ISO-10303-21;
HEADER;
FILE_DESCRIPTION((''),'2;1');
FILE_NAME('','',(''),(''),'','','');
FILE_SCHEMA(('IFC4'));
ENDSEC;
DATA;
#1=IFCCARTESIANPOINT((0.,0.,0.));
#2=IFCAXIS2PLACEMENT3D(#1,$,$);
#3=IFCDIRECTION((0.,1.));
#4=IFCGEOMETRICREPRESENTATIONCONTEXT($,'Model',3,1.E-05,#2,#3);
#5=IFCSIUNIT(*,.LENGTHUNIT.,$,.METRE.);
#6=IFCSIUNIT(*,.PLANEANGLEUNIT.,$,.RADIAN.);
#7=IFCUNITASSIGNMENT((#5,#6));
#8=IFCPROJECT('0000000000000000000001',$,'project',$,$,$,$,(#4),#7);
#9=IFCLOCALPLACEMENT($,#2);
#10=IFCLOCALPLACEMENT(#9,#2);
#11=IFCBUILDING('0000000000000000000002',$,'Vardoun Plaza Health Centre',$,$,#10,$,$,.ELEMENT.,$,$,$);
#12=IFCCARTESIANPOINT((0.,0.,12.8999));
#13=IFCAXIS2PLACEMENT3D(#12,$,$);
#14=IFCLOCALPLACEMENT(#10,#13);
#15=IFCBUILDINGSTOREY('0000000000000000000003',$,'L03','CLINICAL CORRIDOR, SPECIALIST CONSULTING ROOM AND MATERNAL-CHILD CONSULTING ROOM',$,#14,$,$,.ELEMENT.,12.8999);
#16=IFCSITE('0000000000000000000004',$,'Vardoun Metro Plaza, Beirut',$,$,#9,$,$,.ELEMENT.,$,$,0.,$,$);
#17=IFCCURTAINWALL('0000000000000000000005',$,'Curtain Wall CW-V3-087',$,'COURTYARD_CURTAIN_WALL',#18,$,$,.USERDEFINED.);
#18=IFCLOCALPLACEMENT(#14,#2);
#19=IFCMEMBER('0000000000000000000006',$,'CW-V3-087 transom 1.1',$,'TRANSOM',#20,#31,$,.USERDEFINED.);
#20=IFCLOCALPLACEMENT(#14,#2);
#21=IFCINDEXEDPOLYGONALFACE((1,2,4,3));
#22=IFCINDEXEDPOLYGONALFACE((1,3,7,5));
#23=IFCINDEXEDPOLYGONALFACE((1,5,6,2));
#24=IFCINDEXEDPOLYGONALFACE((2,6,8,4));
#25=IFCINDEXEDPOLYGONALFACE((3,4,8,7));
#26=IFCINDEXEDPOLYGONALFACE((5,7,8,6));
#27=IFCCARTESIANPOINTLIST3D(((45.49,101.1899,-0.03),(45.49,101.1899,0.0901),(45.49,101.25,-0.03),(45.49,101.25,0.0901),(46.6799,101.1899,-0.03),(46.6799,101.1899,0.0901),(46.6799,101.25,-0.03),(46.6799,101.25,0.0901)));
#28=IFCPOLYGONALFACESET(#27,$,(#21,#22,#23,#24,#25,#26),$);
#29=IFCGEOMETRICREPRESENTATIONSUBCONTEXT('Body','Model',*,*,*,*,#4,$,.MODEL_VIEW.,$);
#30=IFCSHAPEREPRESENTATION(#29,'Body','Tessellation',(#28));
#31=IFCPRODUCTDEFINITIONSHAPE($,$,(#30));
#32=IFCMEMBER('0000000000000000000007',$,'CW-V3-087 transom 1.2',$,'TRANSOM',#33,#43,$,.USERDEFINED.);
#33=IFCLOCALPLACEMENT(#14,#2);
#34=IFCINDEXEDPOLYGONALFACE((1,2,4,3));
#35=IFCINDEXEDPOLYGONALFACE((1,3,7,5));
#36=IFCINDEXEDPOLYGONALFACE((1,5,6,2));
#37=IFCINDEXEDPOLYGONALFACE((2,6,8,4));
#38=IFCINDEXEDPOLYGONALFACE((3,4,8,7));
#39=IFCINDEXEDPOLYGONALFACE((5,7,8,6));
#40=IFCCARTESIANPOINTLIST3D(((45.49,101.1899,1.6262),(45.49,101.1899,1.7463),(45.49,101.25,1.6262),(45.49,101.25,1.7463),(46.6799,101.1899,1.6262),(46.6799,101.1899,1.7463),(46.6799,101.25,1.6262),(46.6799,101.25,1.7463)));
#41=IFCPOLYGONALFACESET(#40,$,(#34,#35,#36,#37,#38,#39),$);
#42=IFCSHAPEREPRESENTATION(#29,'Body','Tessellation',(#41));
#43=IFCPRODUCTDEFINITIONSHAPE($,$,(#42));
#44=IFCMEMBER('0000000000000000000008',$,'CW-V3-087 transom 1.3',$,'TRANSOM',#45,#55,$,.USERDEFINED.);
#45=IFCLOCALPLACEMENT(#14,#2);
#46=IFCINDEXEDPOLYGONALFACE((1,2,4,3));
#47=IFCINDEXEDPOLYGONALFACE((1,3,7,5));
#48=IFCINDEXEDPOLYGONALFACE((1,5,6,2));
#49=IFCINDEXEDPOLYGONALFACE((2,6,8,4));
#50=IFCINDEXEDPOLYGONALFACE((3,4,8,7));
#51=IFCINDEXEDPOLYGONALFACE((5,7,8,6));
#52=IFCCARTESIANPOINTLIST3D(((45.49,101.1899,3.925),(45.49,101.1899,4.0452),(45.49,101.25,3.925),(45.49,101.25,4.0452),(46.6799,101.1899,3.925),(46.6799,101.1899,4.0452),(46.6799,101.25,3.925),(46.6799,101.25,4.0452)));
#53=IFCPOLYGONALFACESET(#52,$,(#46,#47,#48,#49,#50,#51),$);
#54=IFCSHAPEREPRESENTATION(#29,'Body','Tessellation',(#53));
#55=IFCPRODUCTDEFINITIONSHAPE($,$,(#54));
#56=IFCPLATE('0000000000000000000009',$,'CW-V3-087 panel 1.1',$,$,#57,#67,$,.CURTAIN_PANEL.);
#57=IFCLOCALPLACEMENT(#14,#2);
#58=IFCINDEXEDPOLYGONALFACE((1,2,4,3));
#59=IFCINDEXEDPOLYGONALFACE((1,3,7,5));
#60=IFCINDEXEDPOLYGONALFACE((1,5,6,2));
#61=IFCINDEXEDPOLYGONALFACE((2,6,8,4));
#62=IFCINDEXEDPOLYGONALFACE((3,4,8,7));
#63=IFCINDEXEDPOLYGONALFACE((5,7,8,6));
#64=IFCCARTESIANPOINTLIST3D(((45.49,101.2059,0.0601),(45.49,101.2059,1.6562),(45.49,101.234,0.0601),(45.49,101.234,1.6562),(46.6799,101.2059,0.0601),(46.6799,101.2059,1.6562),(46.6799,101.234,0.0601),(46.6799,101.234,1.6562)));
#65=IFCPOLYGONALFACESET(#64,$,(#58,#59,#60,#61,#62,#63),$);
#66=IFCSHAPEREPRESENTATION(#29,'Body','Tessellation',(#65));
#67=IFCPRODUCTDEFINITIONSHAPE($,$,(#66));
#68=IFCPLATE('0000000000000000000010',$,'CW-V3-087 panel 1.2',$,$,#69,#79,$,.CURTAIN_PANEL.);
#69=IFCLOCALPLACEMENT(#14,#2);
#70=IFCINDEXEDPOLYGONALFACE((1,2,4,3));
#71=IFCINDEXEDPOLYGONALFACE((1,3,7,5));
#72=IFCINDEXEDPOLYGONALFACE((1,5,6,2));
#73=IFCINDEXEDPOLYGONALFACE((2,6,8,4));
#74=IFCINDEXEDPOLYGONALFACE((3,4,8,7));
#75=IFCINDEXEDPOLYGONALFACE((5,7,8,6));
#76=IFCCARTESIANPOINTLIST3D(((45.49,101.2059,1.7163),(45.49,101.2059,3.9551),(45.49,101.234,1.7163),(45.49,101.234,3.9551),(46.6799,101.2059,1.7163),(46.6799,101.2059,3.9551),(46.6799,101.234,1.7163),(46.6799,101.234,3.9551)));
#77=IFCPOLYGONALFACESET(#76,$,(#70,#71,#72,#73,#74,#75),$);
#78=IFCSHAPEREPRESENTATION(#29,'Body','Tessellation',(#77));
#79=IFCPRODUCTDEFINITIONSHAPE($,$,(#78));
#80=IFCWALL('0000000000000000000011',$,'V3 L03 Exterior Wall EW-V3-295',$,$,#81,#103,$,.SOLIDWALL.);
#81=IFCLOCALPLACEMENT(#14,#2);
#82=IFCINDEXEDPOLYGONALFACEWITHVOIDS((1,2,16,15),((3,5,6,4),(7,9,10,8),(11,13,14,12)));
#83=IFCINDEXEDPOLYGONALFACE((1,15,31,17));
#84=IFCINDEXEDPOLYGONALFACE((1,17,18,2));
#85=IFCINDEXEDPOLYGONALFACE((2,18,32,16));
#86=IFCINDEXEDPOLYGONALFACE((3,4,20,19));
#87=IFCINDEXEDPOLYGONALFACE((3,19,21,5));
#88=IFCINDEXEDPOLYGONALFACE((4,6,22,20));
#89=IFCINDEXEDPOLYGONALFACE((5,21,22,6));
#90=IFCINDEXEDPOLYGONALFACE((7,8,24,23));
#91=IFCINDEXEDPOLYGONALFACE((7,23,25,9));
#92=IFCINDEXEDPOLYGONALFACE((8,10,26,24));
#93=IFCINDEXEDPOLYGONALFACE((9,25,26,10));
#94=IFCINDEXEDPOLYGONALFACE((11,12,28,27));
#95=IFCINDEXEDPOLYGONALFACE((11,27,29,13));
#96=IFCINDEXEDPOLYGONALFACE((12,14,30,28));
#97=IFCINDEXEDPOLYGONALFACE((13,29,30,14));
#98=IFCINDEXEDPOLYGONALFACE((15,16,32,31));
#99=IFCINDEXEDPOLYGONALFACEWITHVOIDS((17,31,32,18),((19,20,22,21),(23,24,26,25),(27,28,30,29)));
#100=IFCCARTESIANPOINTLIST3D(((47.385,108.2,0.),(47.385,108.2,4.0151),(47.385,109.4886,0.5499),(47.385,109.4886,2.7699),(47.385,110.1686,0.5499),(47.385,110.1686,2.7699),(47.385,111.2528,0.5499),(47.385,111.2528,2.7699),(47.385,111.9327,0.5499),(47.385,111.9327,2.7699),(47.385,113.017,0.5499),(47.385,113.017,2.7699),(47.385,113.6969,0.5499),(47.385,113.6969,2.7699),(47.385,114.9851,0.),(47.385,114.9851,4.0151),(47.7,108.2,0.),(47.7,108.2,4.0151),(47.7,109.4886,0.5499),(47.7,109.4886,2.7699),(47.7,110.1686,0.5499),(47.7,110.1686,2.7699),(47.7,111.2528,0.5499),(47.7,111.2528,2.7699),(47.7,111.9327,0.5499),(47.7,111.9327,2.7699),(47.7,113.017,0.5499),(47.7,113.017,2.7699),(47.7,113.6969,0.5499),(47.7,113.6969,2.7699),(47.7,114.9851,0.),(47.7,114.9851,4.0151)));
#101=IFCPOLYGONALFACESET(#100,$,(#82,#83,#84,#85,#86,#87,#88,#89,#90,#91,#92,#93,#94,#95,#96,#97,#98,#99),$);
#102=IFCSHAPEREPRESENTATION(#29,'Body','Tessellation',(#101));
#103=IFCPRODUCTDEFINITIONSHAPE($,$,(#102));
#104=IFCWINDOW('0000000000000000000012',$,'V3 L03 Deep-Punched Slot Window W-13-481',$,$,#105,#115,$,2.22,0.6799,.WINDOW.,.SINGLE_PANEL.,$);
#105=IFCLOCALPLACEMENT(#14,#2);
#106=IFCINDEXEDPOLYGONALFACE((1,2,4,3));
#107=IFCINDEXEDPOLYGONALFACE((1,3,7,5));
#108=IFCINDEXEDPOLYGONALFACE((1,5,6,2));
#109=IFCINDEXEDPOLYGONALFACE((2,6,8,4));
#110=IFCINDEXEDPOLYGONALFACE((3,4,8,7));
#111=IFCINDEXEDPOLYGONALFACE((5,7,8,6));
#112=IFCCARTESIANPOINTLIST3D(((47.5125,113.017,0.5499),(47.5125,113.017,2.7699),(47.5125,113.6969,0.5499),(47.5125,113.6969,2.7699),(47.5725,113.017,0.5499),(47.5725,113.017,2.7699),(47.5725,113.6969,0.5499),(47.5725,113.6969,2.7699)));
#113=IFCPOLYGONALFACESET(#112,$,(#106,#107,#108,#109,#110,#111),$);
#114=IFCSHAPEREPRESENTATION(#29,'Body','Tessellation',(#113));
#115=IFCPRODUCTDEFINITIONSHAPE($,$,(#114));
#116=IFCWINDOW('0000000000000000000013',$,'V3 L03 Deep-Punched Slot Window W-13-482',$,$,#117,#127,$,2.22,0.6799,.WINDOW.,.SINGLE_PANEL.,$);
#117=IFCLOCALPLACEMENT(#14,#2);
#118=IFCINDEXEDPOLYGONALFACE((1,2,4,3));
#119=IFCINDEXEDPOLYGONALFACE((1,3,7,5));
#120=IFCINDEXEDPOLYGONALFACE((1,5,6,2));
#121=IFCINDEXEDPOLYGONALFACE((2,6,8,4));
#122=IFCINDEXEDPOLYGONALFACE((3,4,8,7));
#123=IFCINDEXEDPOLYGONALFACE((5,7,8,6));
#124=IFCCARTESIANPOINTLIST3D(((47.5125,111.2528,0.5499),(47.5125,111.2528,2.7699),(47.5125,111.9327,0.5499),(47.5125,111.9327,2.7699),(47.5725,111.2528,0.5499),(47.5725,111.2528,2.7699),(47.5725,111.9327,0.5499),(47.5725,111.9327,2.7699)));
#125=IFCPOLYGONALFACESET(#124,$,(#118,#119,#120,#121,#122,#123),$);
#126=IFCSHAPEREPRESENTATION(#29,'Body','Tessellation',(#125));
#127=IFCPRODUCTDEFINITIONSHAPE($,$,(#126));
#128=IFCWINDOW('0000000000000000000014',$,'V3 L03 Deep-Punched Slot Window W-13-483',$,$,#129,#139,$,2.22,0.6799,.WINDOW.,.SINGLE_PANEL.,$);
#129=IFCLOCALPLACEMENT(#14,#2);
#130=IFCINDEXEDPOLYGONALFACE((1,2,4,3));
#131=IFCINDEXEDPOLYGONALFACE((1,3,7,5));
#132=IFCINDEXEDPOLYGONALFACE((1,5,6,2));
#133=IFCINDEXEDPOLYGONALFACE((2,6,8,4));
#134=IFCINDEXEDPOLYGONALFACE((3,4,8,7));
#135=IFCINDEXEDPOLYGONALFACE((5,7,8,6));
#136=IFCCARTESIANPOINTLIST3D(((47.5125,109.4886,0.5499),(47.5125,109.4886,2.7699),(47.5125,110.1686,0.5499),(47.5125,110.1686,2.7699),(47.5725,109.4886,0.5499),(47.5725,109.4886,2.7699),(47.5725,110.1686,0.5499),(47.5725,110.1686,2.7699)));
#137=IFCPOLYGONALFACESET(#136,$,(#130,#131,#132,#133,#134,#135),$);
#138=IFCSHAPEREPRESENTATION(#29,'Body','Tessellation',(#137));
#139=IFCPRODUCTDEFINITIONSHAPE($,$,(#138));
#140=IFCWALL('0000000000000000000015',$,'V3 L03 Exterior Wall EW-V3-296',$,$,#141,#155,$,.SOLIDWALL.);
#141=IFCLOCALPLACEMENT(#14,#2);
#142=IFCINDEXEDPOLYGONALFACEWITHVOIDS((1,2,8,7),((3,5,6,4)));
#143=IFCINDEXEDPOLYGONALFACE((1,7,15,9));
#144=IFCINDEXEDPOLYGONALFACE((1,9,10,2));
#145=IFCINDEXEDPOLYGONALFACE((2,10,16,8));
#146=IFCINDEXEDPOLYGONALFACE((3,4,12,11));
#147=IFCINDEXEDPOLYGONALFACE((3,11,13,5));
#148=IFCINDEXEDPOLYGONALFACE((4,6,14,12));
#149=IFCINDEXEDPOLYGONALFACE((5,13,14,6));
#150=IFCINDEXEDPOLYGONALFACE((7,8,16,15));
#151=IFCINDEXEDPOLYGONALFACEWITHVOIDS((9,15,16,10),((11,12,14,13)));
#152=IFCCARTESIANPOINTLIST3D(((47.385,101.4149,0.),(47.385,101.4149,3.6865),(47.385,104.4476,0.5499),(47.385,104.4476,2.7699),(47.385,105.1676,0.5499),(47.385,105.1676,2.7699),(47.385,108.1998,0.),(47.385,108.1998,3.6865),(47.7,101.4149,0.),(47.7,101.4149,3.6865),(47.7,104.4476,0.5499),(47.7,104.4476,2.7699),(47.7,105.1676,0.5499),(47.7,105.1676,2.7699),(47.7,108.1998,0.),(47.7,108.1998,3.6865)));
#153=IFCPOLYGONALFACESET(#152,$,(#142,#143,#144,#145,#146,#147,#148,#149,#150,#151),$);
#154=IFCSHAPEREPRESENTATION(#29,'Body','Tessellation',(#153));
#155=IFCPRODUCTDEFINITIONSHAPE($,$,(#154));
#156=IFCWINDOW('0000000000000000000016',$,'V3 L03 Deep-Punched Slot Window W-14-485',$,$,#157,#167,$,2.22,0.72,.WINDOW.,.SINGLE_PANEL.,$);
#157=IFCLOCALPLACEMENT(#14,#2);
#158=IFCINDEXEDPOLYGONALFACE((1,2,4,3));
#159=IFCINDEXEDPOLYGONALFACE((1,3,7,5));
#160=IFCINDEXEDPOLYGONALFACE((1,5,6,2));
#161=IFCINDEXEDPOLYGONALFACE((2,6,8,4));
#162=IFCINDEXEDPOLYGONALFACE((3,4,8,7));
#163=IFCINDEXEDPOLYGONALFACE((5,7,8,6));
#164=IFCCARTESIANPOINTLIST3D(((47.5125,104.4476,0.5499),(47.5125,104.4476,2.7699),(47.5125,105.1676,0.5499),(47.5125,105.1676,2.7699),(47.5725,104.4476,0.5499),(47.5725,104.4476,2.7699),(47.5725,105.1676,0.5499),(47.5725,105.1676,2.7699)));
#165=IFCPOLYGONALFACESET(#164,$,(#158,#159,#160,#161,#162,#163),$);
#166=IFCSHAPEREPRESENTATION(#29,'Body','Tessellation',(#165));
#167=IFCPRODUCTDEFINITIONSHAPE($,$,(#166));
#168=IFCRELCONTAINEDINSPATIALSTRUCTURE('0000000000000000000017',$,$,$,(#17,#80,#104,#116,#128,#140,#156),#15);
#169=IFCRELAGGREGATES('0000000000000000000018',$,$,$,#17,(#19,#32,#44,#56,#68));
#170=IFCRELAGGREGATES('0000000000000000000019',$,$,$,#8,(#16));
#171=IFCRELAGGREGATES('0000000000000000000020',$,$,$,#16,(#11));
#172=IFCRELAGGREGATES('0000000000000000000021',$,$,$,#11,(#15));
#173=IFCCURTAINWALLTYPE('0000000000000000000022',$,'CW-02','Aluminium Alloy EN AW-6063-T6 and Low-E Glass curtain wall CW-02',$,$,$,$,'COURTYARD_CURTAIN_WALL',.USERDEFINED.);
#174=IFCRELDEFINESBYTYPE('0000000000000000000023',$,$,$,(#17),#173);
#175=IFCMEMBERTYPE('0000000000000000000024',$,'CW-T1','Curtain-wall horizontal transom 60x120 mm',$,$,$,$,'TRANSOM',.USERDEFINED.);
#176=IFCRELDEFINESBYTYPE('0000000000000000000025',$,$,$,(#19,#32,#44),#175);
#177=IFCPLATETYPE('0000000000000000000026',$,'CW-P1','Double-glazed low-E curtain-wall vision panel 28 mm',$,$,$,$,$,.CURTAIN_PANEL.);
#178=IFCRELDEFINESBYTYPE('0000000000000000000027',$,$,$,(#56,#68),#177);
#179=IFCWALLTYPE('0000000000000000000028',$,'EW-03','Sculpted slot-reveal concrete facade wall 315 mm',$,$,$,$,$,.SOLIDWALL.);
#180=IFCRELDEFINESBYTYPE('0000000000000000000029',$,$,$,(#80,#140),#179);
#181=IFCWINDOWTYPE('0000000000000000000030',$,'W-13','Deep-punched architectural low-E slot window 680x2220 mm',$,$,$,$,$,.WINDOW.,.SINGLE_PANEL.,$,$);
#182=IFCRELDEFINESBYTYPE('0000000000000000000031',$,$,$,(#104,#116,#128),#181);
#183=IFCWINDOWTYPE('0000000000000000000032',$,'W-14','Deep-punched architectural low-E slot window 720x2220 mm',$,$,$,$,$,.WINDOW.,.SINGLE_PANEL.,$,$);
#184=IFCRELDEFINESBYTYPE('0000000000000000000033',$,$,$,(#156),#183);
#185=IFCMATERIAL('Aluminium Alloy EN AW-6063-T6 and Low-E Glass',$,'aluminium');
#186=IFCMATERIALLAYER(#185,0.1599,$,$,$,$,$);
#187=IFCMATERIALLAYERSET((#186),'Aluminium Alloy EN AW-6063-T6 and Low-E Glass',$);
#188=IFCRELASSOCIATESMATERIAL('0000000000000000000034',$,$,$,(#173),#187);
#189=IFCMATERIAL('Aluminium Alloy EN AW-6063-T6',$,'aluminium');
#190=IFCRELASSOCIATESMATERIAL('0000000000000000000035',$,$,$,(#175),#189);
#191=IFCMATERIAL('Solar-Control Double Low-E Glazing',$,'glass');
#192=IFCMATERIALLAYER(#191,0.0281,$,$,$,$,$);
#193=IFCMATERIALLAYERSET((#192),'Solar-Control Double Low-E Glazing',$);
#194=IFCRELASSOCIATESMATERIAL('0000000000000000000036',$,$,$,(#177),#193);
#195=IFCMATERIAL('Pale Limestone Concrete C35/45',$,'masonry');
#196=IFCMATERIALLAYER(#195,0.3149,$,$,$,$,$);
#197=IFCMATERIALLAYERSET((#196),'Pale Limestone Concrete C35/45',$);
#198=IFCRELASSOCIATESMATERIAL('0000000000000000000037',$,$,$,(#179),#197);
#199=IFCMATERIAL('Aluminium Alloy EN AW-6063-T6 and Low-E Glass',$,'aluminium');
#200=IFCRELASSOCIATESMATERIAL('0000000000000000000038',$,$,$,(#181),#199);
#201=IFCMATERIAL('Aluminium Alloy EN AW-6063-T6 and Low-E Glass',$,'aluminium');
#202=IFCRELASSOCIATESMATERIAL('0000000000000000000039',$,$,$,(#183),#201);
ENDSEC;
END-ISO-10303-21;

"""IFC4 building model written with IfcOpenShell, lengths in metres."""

from ifc_helpers import new_model, si_unit, direction, frame, frame_2d, origin, origin_2d, place, context, subcontext, project, spatial, rectangle, extrude, material, layer, layer_set, material_profile, profile_set, type_object, element, fill, aggregate, save


model = new_model("IFC4")

# Units and contexts
model_context = context("Model", 3, precision=1e-05, world=origin(), true_north=direction((0.0, 1.0)))
body_context = subcontext(model_context, "Body", "Model", "MODEL_VIEW")
ifc_project = project(units=[si_unit("LENGTHUNIT", "METRE"), si_unit("PLANEANGLEUNIT", "RADIAN")], contexts=[model_context])

# Site, building, storey
site_placement = place(None, origin())
site = spatial("IfcSite", under=ifc_project, at=site_placement, Name="Vardoun Metro Plaza, Beirut", CompositionType="ELEMENT", RefElevation=0.0)
building_placement = place(site_placement, origin())
building = spatial("IfcBuilding", under=site, at=building_placement, Name="Vardoun Plaza Health Centre", CompositionType="ELEMENT")
storey_placement = place(building_placement, frame((0.0, 0.0, 12.8999)))
storey = spatial("IfcBuildingStorey", under=building, at=storey_placement, Name="L03", Description="CLINICAL CORRIDOR, SPECIALIST CONSULTING ROOM AND MATERNAL-CHILD CONSULTING ROOM", CompositionType="ELEMENT", Elevation=12.8999)

# Curtain wall, members, plates
ifc_material_1 = material(Name="Aluminium Alloy EN AW-6063-T6 and Low-E Glass", Category="aluminium")
ifc_layer_1 = layer(ifc_material_1, 0.1599)
ifc_layer_set_1 = layer_set([ifc_layer_1], Name="Aluminium Alloy EN AW-6063-T6 and Low-E Glass")
curtain_wall_type = type_object("IfcCurtainWallType", Name="CW-02", Description="Aluminium Alloy EN AW-6063-T6 and Low-E Glass curtain wall CW-02", ElementType="COURTYARD_CURTAIN_WALL", PredefinedType="USERDEFINED", material=ifc_layer_set_1)
curtain_wall_placement = place(storey_placement, origin())
curtain_wall = element("IfcCurtainWall", 1, at=curtain_wall_placement, inside=storey, type_object=curtain_wall_type, Name="Curtain Wall CW-V3-087", ObjectType="COURTYARD_CURTAIN_WALL", PredefinedType="USERDEFINED")
ifc_material_2 = material(Name="Aluminium Alloy EN AW-6063-T6", Category="aluminium")
ifc_material_profile_1 = material_profile(ifc_material_2, rectangle(XDim=0.0601, YDim=0.1201, at=origin_2d()), Name="CWT 60x120")
ifc_profile_set_1 = profile_set([ifc_material_profile_1], Name="Aluminium Alloy EN AW-6063-T6")
member_type_1 = type_object("IfcMemberType", Name="CW-T1", Description="Curtain-wall horizontal transom 60x120 mm", ElementType="TRANSOM", PredefinedType="USERDEFINED", material=ifc_profile_set_1)
member_1_placement = place(storey_placement, frame((46.6799, 101.22, 0.03), z_axis=(-1.0, 0.0, 0.0), x_axis=(0.0, -1.0, 0.0)))
member_1 = element("IfcMember", 2, at=member_1_placement, type_object=member_type_1, Name="CW-V3-087 transom 1.1", ObjectType="TRANSOM", PredefinedType="USERDEFINED", context=body_context, shape_type="SweptSolid", body=[
    extrude(rectangle(XDim=0.0601, YDim=0.1201, at=origin_2d()), origin(), (0.0, 0.0, 1.0), 1.1899),
])
member_2_placement = place(storey_placement, frame((46.6799, 101.22, 1.6863), z_axis=(-1.0, 0.0, 0.0), x_axis=(0.0, -1.0, 0.0)))
member_2 = element("IfcMember", 3, at=member_2_placement, type_object=member_type_1, Name="CW-V3-087 transom 1.2", ObjectType="TRANSOM", PredefinedType="USERDEFINED", context=body_context, shape_type="SweptSolid", body=[
    extrude(rectangle(XDim=0.0601, YDim=0.1201, at=origin_2d()), origin(), (0.0, 0.0, 1.0), 1.1899),
])
member_3_placement = place(storey_placement, frame((46.6799, 101.22, 3.9851), z_axis=(-1.0, 0.0, 0.0), x_axis=(0.0, -1.0, 0.0)))
member_3 = element("IfcMember", 4, at=member_3_placement, type_object=member_type_1, Name="CW-V3-087 transom 1.3", ObjectType="TRANSOM", PredefinedType="USERDEFINED", context=body_context, shape_type="SweptSolid", body=[
    extrude(rectangle(XDim=0.0601, YDim=0.1201, at=origin_2d()), origin(), (0.0, 0.0, 1.0), 1.1899),
])
ifc_material_3 = material(Name="Solar-Control Double Low-E Glazing", Category="glass")
ifc_layer_2 = layer(ifc_material_3, 0.0281)
ifc_layer_set_2 = layer_set([ifc_layer_2], Name="Solar-Control Double Low-E Glazing")
plate_type = type_object("IfcPlateType", Name="CW-P1", Description="Double-glazed low-E curtain-wall vision panel 28 mm", PredefinedType="CURTAIN_PANEL", material=ifc_layer_set_2)
plate_1_placement = place(storey_placement, frame((46.085, 101.22, 0.0601), z_axis=(0.0, 0.0, 1.0), x_axis=(-1.0, 0.0, 0.0)))
plate_1 = element("IfcPlate", 5, at=plate_1_placement, type_object=plate_type, Name="CW-V3-087 panel 1.1", PredefinedType="CURTAIN_PANEL", context=body_context, shape_type="SweptSolid", body=[
    extrude(rectangle(XDim=1.1899, YDim=0.0281, at=origin_2d()), origin(), (0.0, 0.0, 1.0), 1.5962),
])
plate_2_placement = place(storey_placement, frame((46.085, 101.22, 1.7163), z_axis=(0.0, 0.0, 1.0), x_axis=(-1.0, 0.0, 0.0)))
plate_2 = element("IfcPlate", 6, at=plate_2_placement, type_object=plate_type, Name="CW-V3-087 panel 1.2", PredefinedType="CURTAIN_PANEL", context=body_context, shape_type="SweptSolid", body=[
    extrude(rectangle(XDim=1.1899, YDim=0.0281, at=origin_2d()), origin(), (0.0, 0.0, 1.0), 2.2388),
])
aggregate(curtain_wall, [member_1, member_2, member_3, plate_1, plate_2])

# Wall, openings, windows
ifc_material_4 = material(Name="Pale Limestone Concrete C35/45", Category="masonry")
ifc_layer_3 = layer(ifc_material_4, 0.3149)
ifc_layer_set_3 = layer_set([ifc_layer_3], Name="Pale Limestone Concrete C35/45")
wall_type_1 = type_object("IfcWallType", Name="EW-03", Description="Sculpted slot-reveal concrete facade wall 315 mm", PredefinedType="SOLIDWALL", material=ifc_layer_set_3)
wall_1_placement = place(storey_placement, frame((47.5425, 114.9851, 0.0), z_axis=(0.0, 0.0, 1.0), x_axis=(0.0, -1.0, 0.0)))
wall_1 = element("IfcWall", 7, at=wall_1_placement, inside=storey, type_object=wall_type_1, Name="V3 L03 Exterior Wall EW-V3-295", PredefinedType="SOLIDWALL", context=body_context, shape_type="SweptSolid", body=[
    extrude(rectangle(XDim=6.7852, YDim=0.3149, at=frame_2d((3.3926, 0.0))), origin(), (0.0, 0.0, 1.0), 4.0151),
])
opening_1_placement = place(wall_1_placement, frame((1.2883, 0.0, 0.55)))
opening_1 = element("IfcOpeningElement", 8, at=opening_1_placement, cuts=wall_1, PredefinedType="OPENING", context=body_context, shape_type="SweptSolid", body=[
    extrude(rectangle(XDim=0.6799, YDim=2.22, at=frame_2d((0.3398, 1.1099))), frame((0.0, 0.1575, 0.0), z_axis=(0.0, -1.0, 0.0), x_axis=(1.0, 0.0, 0.0)), (0.0, 0.0, 1.0), 0.3149),
])
opening_2_placement = place(wall_1_placement, frame((3.0525, 0.0, 0.55)))
opening_2 = element("IfcOpeningElement", 9, at=opening_2_placement, cuts=wall_1, PredefinedType="OPENING", context=body_context, shape_type="SweptSolid", body=[
    extrude(rectangle(XDim=0.6799, YDim=2.22, at=frame_2d((0.3398, 1.1099))), frame((0.0, 0.1575, 0.0), z_axis=(0.0, -1.0, 0.0), x_axis=(1.0, 0.0, 0.0)), (0.0, 0.0, 1.0), 0.3149),
])
opening_3_placement = place(wall_1_placement, frame((4.8167, 0.0, 0.55)))
opening_3 = element("IfcOpeningElement", 10, at=opening_3_placement, cuts=wall_1, PredefinedType="OPENING", context=body_context, shape_type="SweptSolid", body=[
    extrude(rectangle(XDim=0.6799, YDim=2.22, at=frame_2d((0.3398, 1.1099))), frame((0.0, 0.1575, 0.0), z_axis=(0.0, -1.0, 0.0), x_axis=(1.0, 0.0, 0.0)), (0.0, 0.0, 1.0), 0.3149),
])
ifc_material_5 = material(Name="Aluminium Alloy EN AW-6063-T6 and Low-E Glass", Category="aluminium")
window_type_1 = type_object("IfcWindowType", Name="W-13", Description="Deep-punched architectural low-E slot window 680x2220 mm", PartitioningType="SINGLE_PANEL", PredefinedType="WINDOW", material=ifc_material_5)
window_1_placement = place(opening_1_placement, origin())
window_1 = element("IfcWindow", 11, at=window_1_placement, inside=storey, type_object=window_type_1, Name="V3 L03 Deep-Punched Slot Window W-13-481", OverallHeight=2.22, OverallWidth=0.6799, PartitioningType="SINGLE_PANEL", PredefinedType="WINDOW", context=body_context, shape_type="SweptSolid", body=[
    extrude(rectangle(XDim=0.6799, YDim=2.22, at=frame_2d((0.3398, 1.1099))), frame((0.0, 0.03, 0.0), z_axis=(0.0, -1.0, 0.0), x_axis=(1.0, 0.0, 0.0)), (0.0, 0.0, 1.0), 0.0601),
])
fill(opening_1, window_1)
window_2_placement = place(opening_2_placement, origin())
window_2 = element("IfcWindow", 12, at=window_2_placement, inside=storey, type_object=window_type_1, Name="V3 L03 Deep-Punched Slot Window W-13-482", OverallHeight=2.22, OverallWidth=0.6799, PartitioningType="SINGLE_PANEL", PredefinedType="WINDOW", context=body_context, shape_type="SweptSolid", body=[
    extrude(rectangle(XDim=0.6799, YDim=2.22, at=frame_2d((0.3398, 1.1099))), frame((0.0, 0.03, 0.0), z_axis=(0.0, -1.0, 0.0), x_axis=(1.0, 0.0, 0.0)), (0.0, 0.0, 1.0), 0.0601),
])
fill(opening_2, window_2)
window_3_placement = place(opening_3_placement, origin())
window_3 = element("IfcWindow", 13, at=window_3_placement, inside=storey, type_object=window_type_1, Name="V3 L03 Deep-Punched Slot Window W-13-483", OverallHeight=2.22, OverallWidth=0.6799, PartitioningType="SINGLE_PANEL", PredefinedType="WINDOW", context=body_context, shape_type="SweptSolid", body=[
    extrude(rectangle(XDim=0.6799, YDim=2.22, at=frame_2d((0.3398, 1.1099))), frame((0.0, 0.03, 0.0), z_axis=(0.0, -1.0, 0.0), x_axis=(1.0, 0.0, 0.0)), (0.0, 0.0, 1.0), 0.0601),
])
fill(opening_3, window_3)

# Wall, opening, window
wall_2_placement = place(storey_placement, frame((47.5425, 108.2, 0.0), z_axis=(0.0, 0.0, 1.0), x_axis=(0.0, -1.0, 0.0)))
wall_2 = element("IfcWall", 14, at=wall_2_placement, inside=storey, type_object=wall_type_1, Name="V3 L03 Exterior Wall EW-V3-296", PredefinedType="SOLIDWALL", context=body_context, shape_type="SweptSolid", body=[
    extrude(rectangle(XDim=6.7849, YDim=0.3149, at=frame_2d((3.3926, 0.0))), origin(), (0.0, 0.0, 1.0), 3.6865),
])
opening_4_placement = place(wall_2_placement, frame((3.0325, 0.0, 0.55)))
opening_4 = element("IfcOpeningElement", 15, at=opening_4_placement, cuts=wall_2, PredefinedType="OPENING", context=body_context, shape_type="SweptSolid", body=[
    extrude(rectangle(XDim=0.72, YDim=2.22, at=frame_2d((0.3599, 1.1099))), frame((0.0, 0.1575, 0.0), z_axis=(0.0, -1.0, 0.0), x_axis=(1.0, 0.0, 0.0)), (0.0, 0.0, 1.0), 0.3149),
])
ifc_material_6 = material(Name="Aluminium Alloy EN AW-6063-T6 and Low-E Glass", Category="aluminium")
window_type_2 = type_object("IfcWindowType", Name="W-14", Description="Deep-punched architectural low-E slot window 720x2220 mm", PartitioningType="SINGLE_PANEL", PredefinedType="WINDOW", material=ifc_material_6)
window_4_placement = place(opening_4_placement, origin())
window_4 = element("IfcWindow", 16, at=window_4_placement, inside=storey, type_object=window_type_2, Name="V3 L03 Deep-Punched Slot Window W-14-485", OverallHeight=2.22, OverallWidth=0.72, PartitioningType="SINGLE_PANEL", PredefinedType="WINDOW", context=body_context, shape_type="SweptSolid", body=[
    extrude(rectangle(XDim=0.72, YDim=2.22, at=frame_2d((0.3599, 1.1099))), frame((0.0, 0.03, 0.0), z_axis=(0.0, -1.0, 0.0), x_axis=(1.0, 0.0, 0.0)), (0.0, 0.0, 1.0), 0.0601),
])
fill(opening_4, window_4)

save(model, "model.ifc")
